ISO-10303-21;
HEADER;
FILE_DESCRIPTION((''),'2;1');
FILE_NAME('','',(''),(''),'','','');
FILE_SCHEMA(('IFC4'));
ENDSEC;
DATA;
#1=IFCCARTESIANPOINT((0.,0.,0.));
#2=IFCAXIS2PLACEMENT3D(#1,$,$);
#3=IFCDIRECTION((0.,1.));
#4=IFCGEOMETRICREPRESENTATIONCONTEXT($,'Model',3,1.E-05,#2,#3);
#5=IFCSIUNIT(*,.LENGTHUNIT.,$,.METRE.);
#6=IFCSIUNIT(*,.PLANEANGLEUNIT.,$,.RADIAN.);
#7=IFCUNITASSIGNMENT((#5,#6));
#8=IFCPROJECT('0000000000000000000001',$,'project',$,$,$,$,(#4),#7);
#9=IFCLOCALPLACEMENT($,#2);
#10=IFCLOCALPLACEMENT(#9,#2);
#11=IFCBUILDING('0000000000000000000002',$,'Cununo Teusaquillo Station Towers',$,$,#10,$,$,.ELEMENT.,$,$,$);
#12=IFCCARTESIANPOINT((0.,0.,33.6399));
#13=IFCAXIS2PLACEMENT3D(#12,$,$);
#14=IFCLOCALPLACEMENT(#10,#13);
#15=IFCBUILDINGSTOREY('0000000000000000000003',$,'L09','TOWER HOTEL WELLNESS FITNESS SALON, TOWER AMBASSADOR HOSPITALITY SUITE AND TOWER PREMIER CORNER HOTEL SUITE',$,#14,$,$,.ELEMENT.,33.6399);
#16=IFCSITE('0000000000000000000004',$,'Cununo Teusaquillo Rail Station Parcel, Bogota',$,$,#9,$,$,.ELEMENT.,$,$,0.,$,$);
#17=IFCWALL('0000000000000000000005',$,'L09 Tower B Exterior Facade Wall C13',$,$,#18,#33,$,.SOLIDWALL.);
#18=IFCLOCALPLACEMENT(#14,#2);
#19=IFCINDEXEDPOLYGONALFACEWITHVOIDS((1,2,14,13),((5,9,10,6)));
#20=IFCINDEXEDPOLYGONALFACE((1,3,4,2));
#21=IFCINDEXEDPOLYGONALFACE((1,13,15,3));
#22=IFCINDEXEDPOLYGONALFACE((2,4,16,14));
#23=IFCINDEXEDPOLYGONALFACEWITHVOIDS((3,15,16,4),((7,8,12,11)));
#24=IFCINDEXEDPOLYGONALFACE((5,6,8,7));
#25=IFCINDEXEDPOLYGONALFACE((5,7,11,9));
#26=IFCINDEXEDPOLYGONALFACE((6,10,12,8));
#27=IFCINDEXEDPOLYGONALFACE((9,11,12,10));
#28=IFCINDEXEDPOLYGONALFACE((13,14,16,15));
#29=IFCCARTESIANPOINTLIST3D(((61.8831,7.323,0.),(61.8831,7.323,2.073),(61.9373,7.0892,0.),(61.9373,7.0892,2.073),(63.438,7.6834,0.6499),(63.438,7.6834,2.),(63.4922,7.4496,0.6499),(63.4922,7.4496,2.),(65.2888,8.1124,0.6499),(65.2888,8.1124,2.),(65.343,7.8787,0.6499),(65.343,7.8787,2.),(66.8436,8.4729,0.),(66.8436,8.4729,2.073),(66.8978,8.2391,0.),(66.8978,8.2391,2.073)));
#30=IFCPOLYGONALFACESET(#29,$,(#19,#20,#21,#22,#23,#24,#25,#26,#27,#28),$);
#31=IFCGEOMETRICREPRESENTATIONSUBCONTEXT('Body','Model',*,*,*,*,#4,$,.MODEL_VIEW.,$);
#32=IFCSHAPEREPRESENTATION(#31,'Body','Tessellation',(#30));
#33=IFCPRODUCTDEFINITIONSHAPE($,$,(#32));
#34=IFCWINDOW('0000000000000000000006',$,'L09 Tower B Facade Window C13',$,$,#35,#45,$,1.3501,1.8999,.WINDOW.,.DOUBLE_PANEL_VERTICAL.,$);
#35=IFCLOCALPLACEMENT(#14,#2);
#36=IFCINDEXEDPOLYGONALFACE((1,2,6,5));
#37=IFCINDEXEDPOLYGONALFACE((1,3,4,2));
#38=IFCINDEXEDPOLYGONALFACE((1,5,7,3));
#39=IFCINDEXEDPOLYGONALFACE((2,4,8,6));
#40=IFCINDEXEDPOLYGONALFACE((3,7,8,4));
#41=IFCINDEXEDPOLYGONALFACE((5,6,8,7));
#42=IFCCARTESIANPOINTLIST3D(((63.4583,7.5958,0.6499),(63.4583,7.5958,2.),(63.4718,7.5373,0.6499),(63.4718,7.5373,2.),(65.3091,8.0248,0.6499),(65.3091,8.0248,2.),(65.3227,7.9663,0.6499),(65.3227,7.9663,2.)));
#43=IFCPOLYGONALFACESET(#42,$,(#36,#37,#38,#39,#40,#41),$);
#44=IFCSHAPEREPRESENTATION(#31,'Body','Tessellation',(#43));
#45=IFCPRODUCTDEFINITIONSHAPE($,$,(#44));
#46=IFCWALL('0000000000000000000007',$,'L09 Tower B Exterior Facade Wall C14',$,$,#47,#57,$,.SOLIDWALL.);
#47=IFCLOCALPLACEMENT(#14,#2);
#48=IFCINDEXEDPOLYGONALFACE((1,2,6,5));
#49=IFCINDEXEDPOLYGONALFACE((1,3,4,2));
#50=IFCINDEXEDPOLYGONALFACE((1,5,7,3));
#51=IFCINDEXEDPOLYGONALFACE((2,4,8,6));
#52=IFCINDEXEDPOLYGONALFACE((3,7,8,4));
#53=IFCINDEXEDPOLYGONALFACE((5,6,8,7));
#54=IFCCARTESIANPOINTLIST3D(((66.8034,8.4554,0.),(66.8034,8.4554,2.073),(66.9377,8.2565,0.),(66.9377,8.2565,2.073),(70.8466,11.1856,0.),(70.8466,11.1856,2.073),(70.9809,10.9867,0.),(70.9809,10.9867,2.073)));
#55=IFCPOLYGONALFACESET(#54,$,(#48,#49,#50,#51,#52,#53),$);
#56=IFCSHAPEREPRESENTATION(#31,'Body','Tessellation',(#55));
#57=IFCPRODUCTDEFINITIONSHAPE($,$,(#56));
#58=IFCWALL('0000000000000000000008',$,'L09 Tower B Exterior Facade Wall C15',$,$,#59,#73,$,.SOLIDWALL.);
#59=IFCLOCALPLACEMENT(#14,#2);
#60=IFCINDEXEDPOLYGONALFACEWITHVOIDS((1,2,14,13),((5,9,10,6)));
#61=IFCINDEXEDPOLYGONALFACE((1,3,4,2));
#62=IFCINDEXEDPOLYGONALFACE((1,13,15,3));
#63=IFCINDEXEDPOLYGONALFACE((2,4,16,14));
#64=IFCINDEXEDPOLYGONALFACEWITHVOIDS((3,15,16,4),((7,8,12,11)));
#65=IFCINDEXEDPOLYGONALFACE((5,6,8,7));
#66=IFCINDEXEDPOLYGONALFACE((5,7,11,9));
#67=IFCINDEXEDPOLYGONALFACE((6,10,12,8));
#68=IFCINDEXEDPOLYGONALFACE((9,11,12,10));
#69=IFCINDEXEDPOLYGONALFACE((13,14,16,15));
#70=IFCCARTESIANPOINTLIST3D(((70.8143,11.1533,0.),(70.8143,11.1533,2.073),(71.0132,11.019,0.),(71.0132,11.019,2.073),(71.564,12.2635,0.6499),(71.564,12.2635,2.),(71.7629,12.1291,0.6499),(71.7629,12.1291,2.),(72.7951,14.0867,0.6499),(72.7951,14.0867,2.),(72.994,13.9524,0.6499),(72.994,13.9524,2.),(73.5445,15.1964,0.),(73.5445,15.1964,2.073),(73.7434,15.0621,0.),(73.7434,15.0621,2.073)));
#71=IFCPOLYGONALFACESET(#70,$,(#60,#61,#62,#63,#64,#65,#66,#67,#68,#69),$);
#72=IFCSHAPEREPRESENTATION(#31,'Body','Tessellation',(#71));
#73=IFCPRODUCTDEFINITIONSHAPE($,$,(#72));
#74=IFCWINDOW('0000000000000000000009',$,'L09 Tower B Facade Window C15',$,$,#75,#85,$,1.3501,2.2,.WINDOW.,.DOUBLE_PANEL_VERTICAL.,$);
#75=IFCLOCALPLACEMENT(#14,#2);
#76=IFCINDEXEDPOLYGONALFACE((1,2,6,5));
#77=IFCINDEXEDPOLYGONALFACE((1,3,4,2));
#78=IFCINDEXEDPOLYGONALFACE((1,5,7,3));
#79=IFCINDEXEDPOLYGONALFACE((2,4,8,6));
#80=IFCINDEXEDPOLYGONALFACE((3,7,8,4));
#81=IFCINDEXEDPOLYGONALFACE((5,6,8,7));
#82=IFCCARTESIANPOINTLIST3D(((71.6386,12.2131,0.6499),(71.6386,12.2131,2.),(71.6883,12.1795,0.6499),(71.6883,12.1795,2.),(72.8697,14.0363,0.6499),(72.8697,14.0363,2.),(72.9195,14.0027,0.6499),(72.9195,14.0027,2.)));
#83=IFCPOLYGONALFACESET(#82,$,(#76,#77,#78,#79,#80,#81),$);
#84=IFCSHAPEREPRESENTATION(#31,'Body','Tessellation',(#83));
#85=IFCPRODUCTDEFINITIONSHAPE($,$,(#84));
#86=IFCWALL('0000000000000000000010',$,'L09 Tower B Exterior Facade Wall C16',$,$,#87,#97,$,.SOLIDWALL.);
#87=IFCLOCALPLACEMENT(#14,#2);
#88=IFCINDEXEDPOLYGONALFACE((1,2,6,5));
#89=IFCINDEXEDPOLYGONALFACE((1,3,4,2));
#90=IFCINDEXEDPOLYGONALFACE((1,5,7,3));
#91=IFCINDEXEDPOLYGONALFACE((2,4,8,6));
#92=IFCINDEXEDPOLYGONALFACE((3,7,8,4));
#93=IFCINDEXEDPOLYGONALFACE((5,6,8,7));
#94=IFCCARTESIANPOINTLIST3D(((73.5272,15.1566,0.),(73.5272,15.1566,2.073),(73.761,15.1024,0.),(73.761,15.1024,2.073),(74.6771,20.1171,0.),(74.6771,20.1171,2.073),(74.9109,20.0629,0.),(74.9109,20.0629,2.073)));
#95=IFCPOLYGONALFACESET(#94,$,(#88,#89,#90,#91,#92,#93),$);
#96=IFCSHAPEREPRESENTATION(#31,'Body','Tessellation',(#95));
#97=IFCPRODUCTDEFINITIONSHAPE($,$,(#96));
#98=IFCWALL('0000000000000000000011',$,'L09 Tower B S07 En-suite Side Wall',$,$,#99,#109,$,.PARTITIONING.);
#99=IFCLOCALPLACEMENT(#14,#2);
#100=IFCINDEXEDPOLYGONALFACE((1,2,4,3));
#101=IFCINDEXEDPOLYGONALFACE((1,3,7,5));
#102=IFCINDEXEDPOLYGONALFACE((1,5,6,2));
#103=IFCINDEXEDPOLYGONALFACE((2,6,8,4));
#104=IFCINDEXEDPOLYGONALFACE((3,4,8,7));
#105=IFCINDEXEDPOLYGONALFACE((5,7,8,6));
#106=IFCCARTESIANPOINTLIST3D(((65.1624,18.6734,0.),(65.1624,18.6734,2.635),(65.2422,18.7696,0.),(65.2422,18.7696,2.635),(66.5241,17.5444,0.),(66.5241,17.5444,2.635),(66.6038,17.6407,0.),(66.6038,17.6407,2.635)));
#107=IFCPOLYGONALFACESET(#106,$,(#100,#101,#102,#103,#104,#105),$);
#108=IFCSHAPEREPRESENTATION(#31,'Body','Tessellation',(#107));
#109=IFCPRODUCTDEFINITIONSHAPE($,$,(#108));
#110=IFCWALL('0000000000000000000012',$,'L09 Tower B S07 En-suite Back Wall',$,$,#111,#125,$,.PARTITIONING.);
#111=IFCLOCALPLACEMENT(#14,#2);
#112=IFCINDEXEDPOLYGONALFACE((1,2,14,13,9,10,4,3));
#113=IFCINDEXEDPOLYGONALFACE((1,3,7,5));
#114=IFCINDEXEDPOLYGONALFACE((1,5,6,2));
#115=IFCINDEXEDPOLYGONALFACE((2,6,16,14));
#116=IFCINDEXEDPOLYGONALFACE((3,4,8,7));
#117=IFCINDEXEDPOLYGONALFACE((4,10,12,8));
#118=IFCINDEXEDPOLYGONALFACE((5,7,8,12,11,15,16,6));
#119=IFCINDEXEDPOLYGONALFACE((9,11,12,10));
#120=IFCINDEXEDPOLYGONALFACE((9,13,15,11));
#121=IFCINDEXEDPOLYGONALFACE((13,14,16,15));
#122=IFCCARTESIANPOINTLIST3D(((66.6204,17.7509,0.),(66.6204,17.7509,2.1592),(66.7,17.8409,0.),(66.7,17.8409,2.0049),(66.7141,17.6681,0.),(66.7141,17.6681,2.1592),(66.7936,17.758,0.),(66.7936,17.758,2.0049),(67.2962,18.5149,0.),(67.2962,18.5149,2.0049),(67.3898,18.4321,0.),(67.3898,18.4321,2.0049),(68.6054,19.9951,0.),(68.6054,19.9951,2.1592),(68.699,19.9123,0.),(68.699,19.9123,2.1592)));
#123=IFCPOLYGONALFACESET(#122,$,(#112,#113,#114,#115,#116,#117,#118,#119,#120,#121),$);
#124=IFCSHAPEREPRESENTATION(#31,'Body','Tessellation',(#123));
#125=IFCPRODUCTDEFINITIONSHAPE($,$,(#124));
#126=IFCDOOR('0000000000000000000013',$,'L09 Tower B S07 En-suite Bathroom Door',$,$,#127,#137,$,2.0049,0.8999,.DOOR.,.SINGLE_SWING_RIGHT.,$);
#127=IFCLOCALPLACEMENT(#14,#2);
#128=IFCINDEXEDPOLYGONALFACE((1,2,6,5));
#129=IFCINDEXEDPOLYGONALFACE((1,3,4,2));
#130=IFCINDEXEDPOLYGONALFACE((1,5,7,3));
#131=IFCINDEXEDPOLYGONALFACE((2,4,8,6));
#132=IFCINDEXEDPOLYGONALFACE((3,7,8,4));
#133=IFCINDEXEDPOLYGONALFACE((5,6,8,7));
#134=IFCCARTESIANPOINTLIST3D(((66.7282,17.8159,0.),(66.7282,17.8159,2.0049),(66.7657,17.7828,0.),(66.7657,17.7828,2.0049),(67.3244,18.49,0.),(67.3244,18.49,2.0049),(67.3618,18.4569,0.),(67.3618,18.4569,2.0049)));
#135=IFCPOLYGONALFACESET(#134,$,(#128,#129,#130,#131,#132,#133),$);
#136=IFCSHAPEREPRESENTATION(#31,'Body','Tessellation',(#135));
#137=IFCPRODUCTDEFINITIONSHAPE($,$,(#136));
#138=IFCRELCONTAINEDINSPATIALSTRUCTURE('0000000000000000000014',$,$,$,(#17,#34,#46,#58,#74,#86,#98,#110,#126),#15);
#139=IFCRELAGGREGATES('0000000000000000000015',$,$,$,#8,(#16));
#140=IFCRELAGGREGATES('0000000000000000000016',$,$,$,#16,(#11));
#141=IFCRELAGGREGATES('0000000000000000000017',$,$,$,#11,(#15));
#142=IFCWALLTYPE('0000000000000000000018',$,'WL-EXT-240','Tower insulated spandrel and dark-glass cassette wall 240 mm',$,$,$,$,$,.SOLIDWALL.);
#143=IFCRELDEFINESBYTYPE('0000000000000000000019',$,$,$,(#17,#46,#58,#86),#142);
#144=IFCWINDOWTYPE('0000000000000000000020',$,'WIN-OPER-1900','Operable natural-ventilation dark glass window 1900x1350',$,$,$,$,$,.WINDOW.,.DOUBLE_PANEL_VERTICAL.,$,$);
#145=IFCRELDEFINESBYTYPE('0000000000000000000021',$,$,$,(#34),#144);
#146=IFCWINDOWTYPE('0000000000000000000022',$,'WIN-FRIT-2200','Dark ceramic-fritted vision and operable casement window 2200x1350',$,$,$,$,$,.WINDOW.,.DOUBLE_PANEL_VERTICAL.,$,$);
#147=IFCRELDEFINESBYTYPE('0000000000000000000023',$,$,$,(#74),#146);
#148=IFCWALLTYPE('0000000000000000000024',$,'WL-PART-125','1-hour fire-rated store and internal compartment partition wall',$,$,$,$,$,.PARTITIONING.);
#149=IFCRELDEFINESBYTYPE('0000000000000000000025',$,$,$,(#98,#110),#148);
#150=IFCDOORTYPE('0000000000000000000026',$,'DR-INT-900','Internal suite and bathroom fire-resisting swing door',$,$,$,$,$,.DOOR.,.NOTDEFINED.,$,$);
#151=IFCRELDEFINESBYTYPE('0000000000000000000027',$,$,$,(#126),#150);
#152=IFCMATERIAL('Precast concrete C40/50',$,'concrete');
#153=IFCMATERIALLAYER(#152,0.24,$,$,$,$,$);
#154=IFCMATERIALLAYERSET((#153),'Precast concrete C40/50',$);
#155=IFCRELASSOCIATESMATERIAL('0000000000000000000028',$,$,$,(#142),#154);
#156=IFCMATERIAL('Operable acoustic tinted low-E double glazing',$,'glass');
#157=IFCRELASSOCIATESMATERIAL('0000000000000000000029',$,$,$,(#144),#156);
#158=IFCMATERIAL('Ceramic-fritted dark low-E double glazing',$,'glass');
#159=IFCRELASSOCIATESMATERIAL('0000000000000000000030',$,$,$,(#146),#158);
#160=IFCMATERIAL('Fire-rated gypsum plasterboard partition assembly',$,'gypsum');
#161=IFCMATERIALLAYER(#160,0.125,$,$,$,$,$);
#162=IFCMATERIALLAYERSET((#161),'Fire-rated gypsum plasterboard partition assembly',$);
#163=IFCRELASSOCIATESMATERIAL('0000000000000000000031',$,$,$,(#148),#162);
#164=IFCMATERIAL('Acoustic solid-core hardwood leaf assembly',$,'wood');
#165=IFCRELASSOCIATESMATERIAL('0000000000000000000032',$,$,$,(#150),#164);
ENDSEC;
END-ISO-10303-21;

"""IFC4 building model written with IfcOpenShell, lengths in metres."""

from ifc_helpers import new_model, si_unit, direction, frame, frame_2d, origin, place, context, subcontext, project, spatial, rectangle, extrude, source, transform, mapped, material, layer, layer_set, type_object, element, fill, save


model = new_model("IFC4")

# Units and contexts
model_context = context("Model", 3, precision=1e-05, world=origin(), true_north=direction((0.0, 1.0)))
body_context = subcontext(model_context, "Body", "Model", "MODEL_VIEW")
ifc_project = project(units=[si_unit("LENGTHUNIT", "METRE"), si_unit("PLANEANGLEUNIT", "RADIAN")], contexts=[model_context])

# Site, building, storey
site_placement = place(None, origin())
site = spatial("IfcSite", under=ifc_project, at=site_placement, Name="Cununo Teusaquillo Rail Station Parcel, Bogota", CompositionType="ELEMENT", RefElevation=0.0)
building_placement = place(site_placement, origin())
building = spatial("IfcBuilding", under=site, at=building_placement, Name="Cununo Teusaquillo Station Towers", CompositionType="ELEMENT")
storey_placement = place(building_placement, frame((0.0, 0.0, 33.6399)))
storey = spatial("IfcBuildingStorey", under=building, at=storey_placement, Name="L09", Description="TOWER HOTEL WELLNESS FITNESS SALON, TOWER AMBASSADOR HOSPITALITY SUITE AND TOWER PREMIER CORNER HOTEL SUITE", CompositionType="ELEMENT", Elevation=33.6399)

# Wall, opening, window
ifc_material_1 = material(Name="Precast concrete C40/50", Category="concrete")
ifc_layer_1 = layer(ifc_material_1, 0.24)
ifc_layer_set_1 = layer_set([ifc_layer_1], Name="Precast concrete C40/50")
wall_type_1 = type_object("IfcWallType", Name="WL-EXT-240", Description="Tower insulated spandrel and dark-glass cassette wall 240 mm", PredefinedType="SOLIDWALL", material=ifc_layer_set_1)
wall_1_placement = place(storey_placement, frame((66.8706, 8.356, 0.0), z_axis=(0.0, 0.0, 1.0), x_axis=(-0.974168, -0.225826, 0.0)))
wall_1 = element("IfcWall", 1, at=wall_1_placement, inside=storey, type_object=wall_type_1, Name="L09 Tower B Exterior Facade Wall C13", PredefinedType="SOLIDWALL", context=body_context, shape_type="SweptSolid", body=[
    extrude(rectangle(XDim=5.092, YDim=0.24, at=frame_2d((2.5459, 0.0))), origin(), (0.0, 0.0, 1.0), 2.073),
])
shared_shape_1 = source(origin(), body_context, "Body", "SweptSolid", [
    extrude(rectangle(XDim=1.8999, YDim=1.3501, at=frame_2d((0.95, 0.675))), frame((0.0, 0.1299, 0.0), z_axis=(0.0, -1.0, 0.0), x_axis=(1.0, 0.0, 0.0)), (0.0, 0.0, 1.0), 0.26),
])
opening_1_placement = place(wall_1_placement, frame((1.5959, 0.0, 0.6499)))
opening_1 = element("IfcOpeningElement", 2, at=opening_1_placement, cuts=wall_1, PredefinedType="OPENING", context=body_context, shape_type="MappedRepresentation", body=[
    mapped(shared_shape_1, transform((0.0, 0.0, 0.0), x_axis=(1.0, 0.0, 0.0), y_axis=(0.0, 1.0, 0.0), z_axis=(0.0, 0.0, 1.0), scale=1.0)),
])
ifc_material_2 = material(Name="Operable acoustic tinted low-E double glazing", Category="glass")
window_type_1 = type_object("IfcWindowType", Name="WIN-OPER-1900", Description="Operable natural-ventilation dark glass window 1900x1350", PartitioningType="DOUBLE_PANEL_VERTICAL", PredefinedType="WINDOW", material=ifc_material_2)
shared_shape_2 = source(origin(), body_context, "Body", "SweptSolid", [
    extrude(rectangle(XDim=1.8999, YDim=1.3501, at=frame_2d((0.95, 0.675))), frame((0.0, 0.03, 0.0), z_axis=(0.0, -1.0, 0.0), x_axis=(1.0, 0.0, 0.0)), (0.0, 0.0, 1.0), 0.0601),
])
window_1_placement = place(opening_1_placement, origin())
window_1 = element("IfcWindow", 3, at=window_1_placement, inside=storey, type_object=window_type_1, Name="L09 Tower B Facade Window C13", OverallHeight=1.3501, OverallWidth=1.8999, PartitioningType="DOUBLE_PANEL_VERTICAL", PredefinedType="WINDOW", context=body_context, shape_type="MappedRepresentation", body=[
    mapped(shared_shape_2, transform((0.0, 0.0, 0.0), x_axis=(1.0, 0.0, 0.0), y_axis=(0.0, 1.0, 0.0), z_axis=(0.0, 0.0, 1.0), scale=1.0)),
])
fill(opening_1, window_1)

# Wall
wall_2_placement = place(storey_placement, frame((70.9138, 11.0862, 0.0), z_axis=(0.0, 0.0, 1.0), x_axis=(-0.828748, -0.559622, 0.0)))
element("IfcWall", 4, at=wall_2_placement, inside=storey, type_object=wall_type_1, Name="L09 Tower B Exterior Facade Wall C14", PredefinedType="SOLIDWALL", context=body_context, shape_type="SweptSolid", body=[
    extrude(rectangle(XDim=4.8787, YDim=0.24, at=frame_2d((2.4395, 0.0))), origin(), (0.0, 0.0, 1.0), 2.073),
])

# Wall, opening, window
wall_3_placement = place(storey_placement, frame((73.644, 15.1294, 0.0), z_axis=(0.0, 0.0, 1.0), x_axis=(-0.559622, -0.828748, 0.0)))
wall_3 = element("IfcWall", 5, at=wall_3_placement, inside=storey, type_object=wall_type_1, Name="L09 Tower B Exterior Facade Wall C15", PredefinedType="SOLIDWALL", context=body_context, shape_type="SweptSolid", body=[
    extrude(rectangle(XDim=4.8787, YDim=0.24, at=frame_2d((2.4395, 0.0))), origin(), (0.0, 0.0, 1.0), 2.073),
])
shared_shape_3 = source(origin(), body_context, "Body", "SweptSolid", [
    extrude(rectangle(XDim=2.2, YDim=1.3501, at=frame_2d((1.1001, 0.675))), frame((0.0, 0.1299, 0.0), z_axis=(0.0, -1.0, 0.0), x_axis=(1.0, 0.0, 0.0)), (0.0, 0.0, 1.0), 0.26),
])
opening_2_placement = place(wall_3_placement, frame((1.3391, 0.0, 0.6499)))
opening_2 = element("IfcOpeningElement", 6, at=opening_2_placement, cuts=wall_3, PredefinedType="OPENING", context=body_context, shape_type="MappedRepresentation", body=[
    mapped(shared_shape_3, transform((0.0, 0.0, 0.0), x_axis=(1.0, 0.0, 0.0), y_axis=(0.0, 1.0, 0.0), z_axis=(0.0, 0.0, 1.0), scale=1.0)),
])
ifc_material_3 = material(Name="Ceramic-fritted dark low-E double glazing", Category="glass")
window_type_2 = type_object("IfcWindowType", Name="WIN-FRIT-2200", Description="Dark ceramic-fritted vision and operable casement window 2200x1350", PartitioningType="DOUBLE_PANEL_VERTICAL", PredefinedType="WINDOW", material=ifc_material_3)
shared_shape_4 = source(origin(), body_context, "Body", "SweptSolid", [
    extrude(rectangle(XDim=2.2, YDim=1.3501, at=frame_2d((1.1001, 0.675))), frame((0.0, 0.03, 0.0), z_axis=(0.0, -1.0, 0.0), x_axis=(1.0, 0.0, 0.0)), (0.0, 0.0, 1.0), 0.0601),
])
window_2_placement = place(opening_2_placement, origin())
window_2 = element("IfcWindow", 7, at=window_2_placement, inside=storey, type_object=window_type_2, Name="L09 Tower B Facade Window C15", OverallHeight=1.3501, OverallWidth=2.2, PartitioningType="DOUBLE_PANEL_VERTICAL", PredefinedType="WINDOW", context=body_context, shape_type="MappedRepresentation", body=[
    mapped(shared_shape_4, transform((0.0, 0.0, 0.0), x_axis=(1.0, 0.0, 0.0), y_axis=(0.0, 1.0, 0.0), z_axis=(0.0, 0.0, 1.0), scale=1.0)),
])
fill(opening_2, window_2)

# Walls
wall_4_placement = place(storey_placement, frame((74.7939, 20.0898, 0.0), z_axis=(0.0, 0.0, 1.0), x_axis=(-0.225826, -0.974168, 0.0)))
element("IfcWall", 8, at=wall_4_placement, inside=storey, type_object=wall_type_1, Name="L09 Tower B Exterior Facade Wall C16", PredefinedType="SOLIDWALL", context=body_context, shape_type="SweptSolid", body=[
    extrude(rectangle(XDim=5.092, YDim=0.24, at=frame_2d((2.5459, 0.0))), origin(), (0.0, 0.0, 1.0), 2.073),
])
ifc_material_4 = material(Name="Fire-rated gypsum plasterboard partition assembly", Category="gypsum")
ifc_layer_2 = layer(ifc_material_4, 0.125)
ifc_layer_set_2 = layer_set([ifc_layer_2], Name="Fire-rated gypsum plasterboard partition assembly")
wall_type_2 = type_object("IfcWallType", Name="WL-PART-125", Description="1-hour fire-rated store and internal compartment partition wall", PredefinedType="PARTITIONING", material=ifc_layer_set_2)
wall_5_placement = place(storey_placement, frame((65.2024, 18.7214, 0.0), z_axis=(0.0, 0.0, 1.0), x_axis=(0.769814, -0.638268, 0.0)))
element("IfcWall", 9, at=wall_5_placement, inside=storey, type_object=wall_type_2, Name="L09 Tower B S07 En-suite Side Wall", PredefinedType="PARTITIONING", context=body_context, shape_type="SweptSolid", body=[
    extrude(rectangle(XDim=1.7688, YDim=0.125, at=frame_2d((0.8843, 0.0))), origin(), (0.0, 0.0, 1.0), 2.635),
])

# Wall, opening, door
wall_6_placement = place(storey_placement, frame((66.6672, 17.7095, 0.0), z_axis=(0.0, 0.0, 1.0), x_axis=(0.662511, 0.749053, 0.0)))
wall_6 = element("IfcWall", 10, at=wall_6_placement, inside=storey, type_object=wall_type_2, Name="L09 Tower B S07 En-suite Back Wall", PredefinedType="PARTITIONING", context=body_context, shape_type="SweptSolid", body=[
    extrude(rectangle(XDim=2.9961, YDim=0.125, at=frame_2d((1.498, 0.0))), origin(), (0.0, 0.0, 1.0), 2.1592),
])
shared_shape_5 = source(origin(), body_context, "Body", "SweptSolid", [
    extrude(rectangle(XDim=0.8999, YDim=2.0049, at=frame_2d((0.45, 1.0024))), frame((0.0, 0.0725, 0.0), z_axis=(0.0, -1.0, 0.0), x_axis=(1.0, 0.0, 0.0)), (0.0, 0.0, 1.0), 0.145),
])
opening_3_placement = place(wall_6_placement, frame((0.1201, 0.0, 0.0)))
opening_3 = element("IfcOpeningElement", 11, at=opening_3_placement, cuts=wall_6, PredefinedType="OPENING", context=body_context, shape_type="MappedRepresentation", body=[
    mapped(shared_shape_5, transform((0.0, 0.0, 0.0), x_axis=(1.0, 0.0, 0.0), y_axis=(0.0, 1.0, 0.0), z_axis=(0.0, 0.0, 1.0), scale=1.0)),
])
ifc_material_5 = material(Name="Acoustic solid-core hardwood leaf assembly", Category="wood")
door_type_1 = type_object("IfcDoorType", Name="DR-INT-900", Description="Internal suite and bathroom fire-resisting swing door", OperationType="NOTDEFINED", PredefinedType="DOOR", material=ifc_material_5)
shared_shape_6 = source(origin(), body_context, "Body", "SweptSolid", [
    extrude(rectangle(XDim=0.8999, YDim=2.0049, at=frame_2d((0.45, 1.0024))), frame((0.0, 0.0249, 0.0), z_axis=(0.0, -1.0, 0.0), x_axis=(1.0, 0.0, 0.0)), (0.0, 0.0, 1.0), 0.05),
])
door_1_placement = place(opening_3_placement, origin())
door_1 = element("IfcDoor", 12, at=door_1_placement, inside=storey, type_object=door_type_1, Name="L09 Tower B S07 En-suite Bathroom Door", OperationType="SINGLE_SWING_RIGHT", OverallHeight=2.0049, OverallWidth=0.8999, PredefinedType="DOOR", context=body_context, shape_type="MappedRepresentation", body=[
    mapped(shared_shape_6, transform((0.0, 0.0, 0.0), x_axis=(1.0, 0.0, 0.0), y_axis=(0.0, 1.0, 0.0), z_axis=(0.0, 0.0, 1.0), scale=1.0)),
])
fill(opening_3, door_1)

save(model, "model.ifc")
